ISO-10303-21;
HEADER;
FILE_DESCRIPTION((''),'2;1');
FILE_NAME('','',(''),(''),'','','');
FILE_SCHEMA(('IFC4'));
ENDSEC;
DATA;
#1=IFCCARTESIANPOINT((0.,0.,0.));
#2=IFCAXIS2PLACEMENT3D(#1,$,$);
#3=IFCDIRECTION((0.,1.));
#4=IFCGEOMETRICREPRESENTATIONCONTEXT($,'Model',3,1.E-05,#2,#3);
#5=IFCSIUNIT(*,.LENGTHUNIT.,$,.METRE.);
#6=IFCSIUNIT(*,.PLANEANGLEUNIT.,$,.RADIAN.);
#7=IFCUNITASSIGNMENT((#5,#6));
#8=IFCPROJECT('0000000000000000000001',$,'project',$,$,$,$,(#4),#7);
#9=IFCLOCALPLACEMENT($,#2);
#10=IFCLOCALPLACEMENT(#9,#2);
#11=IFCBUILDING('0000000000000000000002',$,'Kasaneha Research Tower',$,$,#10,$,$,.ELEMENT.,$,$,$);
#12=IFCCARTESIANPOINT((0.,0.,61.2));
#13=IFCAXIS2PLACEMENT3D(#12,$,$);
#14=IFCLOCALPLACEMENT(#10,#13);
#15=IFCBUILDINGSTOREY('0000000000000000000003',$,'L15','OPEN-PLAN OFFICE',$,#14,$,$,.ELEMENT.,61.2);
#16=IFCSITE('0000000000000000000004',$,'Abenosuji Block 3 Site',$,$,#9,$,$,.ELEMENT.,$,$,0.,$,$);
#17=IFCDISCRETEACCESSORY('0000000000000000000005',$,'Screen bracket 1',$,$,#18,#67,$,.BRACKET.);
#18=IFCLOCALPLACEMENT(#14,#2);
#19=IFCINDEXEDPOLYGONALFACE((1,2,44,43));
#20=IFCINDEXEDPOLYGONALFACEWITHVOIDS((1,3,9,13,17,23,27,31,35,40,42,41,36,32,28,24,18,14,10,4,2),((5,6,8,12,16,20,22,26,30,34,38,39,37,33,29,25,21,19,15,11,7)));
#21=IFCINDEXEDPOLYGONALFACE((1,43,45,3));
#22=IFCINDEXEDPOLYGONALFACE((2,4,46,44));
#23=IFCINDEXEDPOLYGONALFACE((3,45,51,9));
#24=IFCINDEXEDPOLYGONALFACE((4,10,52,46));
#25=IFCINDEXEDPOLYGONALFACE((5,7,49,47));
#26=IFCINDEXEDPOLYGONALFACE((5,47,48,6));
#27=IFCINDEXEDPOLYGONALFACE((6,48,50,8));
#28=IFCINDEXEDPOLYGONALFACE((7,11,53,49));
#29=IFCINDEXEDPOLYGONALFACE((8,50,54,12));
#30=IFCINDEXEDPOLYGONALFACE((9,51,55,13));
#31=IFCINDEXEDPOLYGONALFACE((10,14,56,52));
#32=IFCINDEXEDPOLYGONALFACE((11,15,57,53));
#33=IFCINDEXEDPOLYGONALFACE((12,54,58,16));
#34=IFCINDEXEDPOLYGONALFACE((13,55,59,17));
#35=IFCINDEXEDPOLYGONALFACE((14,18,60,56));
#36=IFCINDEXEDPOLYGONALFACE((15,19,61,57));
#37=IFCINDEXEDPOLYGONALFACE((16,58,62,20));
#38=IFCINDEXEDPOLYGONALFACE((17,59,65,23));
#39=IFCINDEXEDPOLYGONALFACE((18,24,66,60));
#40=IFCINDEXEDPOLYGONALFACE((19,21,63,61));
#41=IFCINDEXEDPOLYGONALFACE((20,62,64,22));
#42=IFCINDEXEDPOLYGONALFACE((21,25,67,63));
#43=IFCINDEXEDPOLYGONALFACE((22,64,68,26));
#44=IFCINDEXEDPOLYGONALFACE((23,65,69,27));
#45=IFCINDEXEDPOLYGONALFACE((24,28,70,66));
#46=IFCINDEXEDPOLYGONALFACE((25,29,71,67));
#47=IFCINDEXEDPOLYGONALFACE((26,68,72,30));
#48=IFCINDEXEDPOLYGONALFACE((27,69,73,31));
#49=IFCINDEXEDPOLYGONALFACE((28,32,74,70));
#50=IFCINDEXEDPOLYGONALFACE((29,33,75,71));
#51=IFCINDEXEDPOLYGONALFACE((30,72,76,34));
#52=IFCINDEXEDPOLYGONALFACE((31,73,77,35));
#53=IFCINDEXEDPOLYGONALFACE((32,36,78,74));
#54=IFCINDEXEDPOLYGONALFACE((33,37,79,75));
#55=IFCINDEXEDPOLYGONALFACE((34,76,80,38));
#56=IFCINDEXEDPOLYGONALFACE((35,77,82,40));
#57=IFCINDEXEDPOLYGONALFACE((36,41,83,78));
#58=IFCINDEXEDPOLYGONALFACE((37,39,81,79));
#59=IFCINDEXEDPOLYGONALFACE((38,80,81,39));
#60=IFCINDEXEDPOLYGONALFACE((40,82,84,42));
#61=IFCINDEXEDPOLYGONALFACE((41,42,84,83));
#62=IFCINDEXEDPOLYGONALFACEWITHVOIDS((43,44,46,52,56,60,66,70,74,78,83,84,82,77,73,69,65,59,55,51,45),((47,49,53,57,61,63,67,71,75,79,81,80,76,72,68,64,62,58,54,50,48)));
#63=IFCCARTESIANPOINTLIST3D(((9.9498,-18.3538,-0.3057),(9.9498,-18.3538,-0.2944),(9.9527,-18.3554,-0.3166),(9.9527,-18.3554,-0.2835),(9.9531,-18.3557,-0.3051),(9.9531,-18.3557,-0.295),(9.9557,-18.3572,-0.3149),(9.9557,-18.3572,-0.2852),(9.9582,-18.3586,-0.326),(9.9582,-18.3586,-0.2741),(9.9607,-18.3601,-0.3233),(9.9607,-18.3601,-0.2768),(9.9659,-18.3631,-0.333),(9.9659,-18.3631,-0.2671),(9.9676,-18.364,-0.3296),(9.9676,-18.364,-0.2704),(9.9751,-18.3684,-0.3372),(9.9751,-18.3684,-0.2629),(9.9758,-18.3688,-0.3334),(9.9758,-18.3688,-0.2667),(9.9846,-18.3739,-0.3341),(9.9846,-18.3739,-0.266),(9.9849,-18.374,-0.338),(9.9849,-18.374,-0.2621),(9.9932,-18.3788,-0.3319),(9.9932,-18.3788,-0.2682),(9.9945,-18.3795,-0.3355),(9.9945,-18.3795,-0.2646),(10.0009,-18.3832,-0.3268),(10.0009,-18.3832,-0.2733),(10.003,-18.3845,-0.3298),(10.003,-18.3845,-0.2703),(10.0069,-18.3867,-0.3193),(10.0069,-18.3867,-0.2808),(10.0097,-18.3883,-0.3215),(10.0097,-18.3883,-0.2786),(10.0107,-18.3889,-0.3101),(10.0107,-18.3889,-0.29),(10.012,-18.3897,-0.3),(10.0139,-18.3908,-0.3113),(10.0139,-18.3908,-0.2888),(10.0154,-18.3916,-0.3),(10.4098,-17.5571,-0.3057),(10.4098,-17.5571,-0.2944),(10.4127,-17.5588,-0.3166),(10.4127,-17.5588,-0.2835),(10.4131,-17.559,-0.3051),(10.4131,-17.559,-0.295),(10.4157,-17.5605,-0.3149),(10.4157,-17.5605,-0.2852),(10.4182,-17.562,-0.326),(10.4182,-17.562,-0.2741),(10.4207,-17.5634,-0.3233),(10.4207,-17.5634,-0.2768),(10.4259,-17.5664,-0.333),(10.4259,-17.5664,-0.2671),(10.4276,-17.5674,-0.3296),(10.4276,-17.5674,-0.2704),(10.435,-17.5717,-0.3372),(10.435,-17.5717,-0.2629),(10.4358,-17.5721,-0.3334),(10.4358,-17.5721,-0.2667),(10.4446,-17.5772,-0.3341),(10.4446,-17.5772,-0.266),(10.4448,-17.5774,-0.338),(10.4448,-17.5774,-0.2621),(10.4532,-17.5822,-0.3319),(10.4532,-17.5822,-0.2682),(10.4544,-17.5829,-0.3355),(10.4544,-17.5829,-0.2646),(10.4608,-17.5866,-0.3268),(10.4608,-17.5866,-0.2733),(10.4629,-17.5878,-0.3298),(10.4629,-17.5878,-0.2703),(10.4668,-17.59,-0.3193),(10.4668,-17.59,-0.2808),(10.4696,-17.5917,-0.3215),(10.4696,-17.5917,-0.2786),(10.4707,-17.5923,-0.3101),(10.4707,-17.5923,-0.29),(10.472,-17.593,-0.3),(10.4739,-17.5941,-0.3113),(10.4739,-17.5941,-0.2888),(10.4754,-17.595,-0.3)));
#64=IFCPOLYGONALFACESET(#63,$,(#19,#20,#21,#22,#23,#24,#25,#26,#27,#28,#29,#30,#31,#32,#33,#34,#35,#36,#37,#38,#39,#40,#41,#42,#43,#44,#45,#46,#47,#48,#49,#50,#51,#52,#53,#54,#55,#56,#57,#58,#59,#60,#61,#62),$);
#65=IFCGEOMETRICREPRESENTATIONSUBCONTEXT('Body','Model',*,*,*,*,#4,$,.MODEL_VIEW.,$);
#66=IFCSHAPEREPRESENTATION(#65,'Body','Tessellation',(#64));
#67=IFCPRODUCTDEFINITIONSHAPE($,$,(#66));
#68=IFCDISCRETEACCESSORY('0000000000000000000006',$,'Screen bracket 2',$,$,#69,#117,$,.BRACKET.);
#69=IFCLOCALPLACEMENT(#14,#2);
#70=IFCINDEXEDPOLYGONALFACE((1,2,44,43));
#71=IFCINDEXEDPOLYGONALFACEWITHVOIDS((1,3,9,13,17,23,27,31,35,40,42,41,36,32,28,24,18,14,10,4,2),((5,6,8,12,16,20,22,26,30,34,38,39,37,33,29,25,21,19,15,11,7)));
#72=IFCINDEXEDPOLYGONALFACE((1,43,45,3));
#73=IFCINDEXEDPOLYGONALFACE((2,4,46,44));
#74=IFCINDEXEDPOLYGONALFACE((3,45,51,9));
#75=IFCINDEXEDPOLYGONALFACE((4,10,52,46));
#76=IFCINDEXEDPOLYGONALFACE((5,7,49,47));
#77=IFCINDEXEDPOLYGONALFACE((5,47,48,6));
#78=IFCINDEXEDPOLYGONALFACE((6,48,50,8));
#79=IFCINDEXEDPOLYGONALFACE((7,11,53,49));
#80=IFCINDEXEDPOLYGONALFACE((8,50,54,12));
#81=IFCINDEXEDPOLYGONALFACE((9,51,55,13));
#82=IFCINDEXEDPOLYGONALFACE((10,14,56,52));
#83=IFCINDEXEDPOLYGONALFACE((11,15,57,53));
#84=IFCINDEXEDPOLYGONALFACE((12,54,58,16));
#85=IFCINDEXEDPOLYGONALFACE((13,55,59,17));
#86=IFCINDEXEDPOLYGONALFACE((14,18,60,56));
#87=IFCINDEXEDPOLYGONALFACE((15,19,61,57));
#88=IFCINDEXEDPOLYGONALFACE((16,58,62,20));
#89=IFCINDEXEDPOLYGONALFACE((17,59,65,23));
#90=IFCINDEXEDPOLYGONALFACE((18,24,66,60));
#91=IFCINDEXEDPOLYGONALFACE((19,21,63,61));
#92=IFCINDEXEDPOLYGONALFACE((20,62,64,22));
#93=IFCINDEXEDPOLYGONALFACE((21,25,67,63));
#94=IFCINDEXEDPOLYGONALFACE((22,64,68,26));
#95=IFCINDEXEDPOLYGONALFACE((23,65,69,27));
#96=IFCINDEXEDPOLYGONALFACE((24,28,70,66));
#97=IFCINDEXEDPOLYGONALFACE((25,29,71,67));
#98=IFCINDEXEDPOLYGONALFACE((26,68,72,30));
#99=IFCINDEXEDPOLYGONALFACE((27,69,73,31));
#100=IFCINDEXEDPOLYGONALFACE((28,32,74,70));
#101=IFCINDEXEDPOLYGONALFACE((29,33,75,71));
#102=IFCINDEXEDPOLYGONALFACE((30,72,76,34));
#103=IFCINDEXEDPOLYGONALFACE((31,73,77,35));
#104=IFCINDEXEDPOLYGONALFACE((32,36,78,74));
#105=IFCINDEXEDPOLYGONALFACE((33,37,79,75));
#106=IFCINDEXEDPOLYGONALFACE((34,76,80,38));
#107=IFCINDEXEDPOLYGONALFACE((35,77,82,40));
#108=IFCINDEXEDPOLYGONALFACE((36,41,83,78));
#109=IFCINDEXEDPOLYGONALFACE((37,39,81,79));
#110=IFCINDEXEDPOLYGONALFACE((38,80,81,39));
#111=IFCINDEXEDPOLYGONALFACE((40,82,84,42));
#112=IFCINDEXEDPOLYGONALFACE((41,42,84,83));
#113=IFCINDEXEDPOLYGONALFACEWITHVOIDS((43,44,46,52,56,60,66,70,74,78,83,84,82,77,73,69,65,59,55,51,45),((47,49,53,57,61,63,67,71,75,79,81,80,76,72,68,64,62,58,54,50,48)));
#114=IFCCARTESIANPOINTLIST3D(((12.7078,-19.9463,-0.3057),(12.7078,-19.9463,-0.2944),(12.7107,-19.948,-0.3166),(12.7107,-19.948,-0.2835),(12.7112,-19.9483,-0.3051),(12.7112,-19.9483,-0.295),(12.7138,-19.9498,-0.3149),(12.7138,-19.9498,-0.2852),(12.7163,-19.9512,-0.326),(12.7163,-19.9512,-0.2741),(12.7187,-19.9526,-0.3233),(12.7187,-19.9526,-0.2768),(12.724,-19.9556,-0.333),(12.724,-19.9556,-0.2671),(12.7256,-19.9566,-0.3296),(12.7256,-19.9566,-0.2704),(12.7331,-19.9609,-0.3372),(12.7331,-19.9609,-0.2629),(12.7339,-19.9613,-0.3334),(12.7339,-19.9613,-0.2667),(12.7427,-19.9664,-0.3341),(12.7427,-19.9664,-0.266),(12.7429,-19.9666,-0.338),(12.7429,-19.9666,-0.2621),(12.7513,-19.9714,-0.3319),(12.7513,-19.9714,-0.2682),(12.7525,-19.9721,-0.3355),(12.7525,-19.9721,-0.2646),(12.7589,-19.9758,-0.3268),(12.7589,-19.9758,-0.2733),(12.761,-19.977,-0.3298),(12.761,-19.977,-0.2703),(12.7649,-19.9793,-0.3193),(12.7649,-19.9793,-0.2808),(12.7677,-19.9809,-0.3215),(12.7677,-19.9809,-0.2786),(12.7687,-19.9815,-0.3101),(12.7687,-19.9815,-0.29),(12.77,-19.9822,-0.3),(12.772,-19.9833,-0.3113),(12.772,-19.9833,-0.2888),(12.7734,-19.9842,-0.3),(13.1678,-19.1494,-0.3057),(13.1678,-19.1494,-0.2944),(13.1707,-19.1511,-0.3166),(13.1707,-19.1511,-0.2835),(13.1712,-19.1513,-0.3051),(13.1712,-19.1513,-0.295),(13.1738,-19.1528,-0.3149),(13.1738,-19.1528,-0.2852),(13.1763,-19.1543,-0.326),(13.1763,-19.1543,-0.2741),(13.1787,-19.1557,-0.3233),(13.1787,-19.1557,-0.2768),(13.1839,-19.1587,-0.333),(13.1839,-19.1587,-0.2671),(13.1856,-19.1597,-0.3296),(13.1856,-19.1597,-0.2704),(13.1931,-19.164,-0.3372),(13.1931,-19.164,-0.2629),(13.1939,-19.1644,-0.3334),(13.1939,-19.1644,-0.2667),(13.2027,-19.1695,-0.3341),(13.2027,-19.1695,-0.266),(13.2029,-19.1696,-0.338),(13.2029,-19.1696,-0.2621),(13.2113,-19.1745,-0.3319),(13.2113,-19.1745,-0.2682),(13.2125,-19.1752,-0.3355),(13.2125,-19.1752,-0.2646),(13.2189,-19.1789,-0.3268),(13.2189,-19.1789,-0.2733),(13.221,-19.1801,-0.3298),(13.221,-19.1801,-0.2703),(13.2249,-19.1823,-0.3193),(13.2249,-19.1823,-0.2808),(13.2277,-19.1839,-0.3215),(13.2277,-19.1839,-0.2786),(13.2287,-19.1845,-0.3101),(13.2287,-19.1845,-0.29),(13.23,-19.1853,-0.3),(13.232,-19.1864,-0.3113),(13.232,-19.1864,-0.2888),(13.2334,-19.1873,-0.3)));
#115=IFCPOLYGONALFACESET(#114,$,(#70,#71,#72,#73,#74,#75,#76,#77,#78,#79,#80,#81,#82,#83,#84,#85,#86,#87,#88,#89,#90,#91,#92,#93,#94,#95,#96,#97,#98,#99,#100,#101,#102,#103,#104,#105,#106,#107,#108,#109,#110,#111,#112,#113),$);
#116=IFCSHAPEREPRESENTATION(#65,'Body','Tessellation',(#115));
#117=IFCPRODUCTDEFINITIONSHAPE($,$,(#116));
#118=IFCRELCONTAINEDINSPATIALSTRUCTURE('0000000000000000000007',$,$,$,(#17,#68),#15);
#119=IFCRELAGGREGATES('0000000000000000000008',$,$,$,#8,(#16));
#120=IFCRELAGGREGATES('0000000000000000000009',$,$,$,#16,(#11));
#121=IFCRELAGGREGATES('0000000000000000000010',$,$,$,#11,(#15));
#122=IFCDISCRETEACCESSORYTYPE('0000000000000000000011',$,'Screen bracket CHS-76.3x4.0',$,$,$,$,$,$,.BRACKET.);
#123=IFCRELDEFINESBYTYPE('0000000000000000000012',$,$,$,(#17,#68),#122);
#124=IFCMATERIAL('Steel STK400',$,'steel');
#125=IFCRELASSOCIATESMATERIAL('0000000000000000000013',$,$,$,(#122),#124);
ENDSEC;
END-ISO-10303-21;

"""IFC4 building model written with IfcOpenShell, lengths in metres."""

from ifc_helpers import new_model, si_unit, direction, frame, origin, origin_2d, place, context, subcontext, project, spatial, hollow_circle, extrude, material, material_profile, profile_set, type_object, element, save


model = new_model("IFC4")

# Units and contexts
model_context = context("Model", 3, precision=1e-05, world=origin(), true_north=direction((0.0, 1.0)))
body_context = subcontext(model_context, "Body", "Model", "MODEL_VIEW")
ifc_project = project(units=[si_unit("LENGTHUNIT", "METRE"), si_unit("PLANEANGLEUNIT", "RADIAN")], contexts=[model_context])

# Site, building, storey
site_placement = place(None, origin())
site = spatial("IfcSite", under=ifc_project, at=site_placement, Name="Abenosuji Block 3 Site", CompositionType="ELEMENT", RefElevation=0.0)
building_placement = place(site_placement, origin())
building = spatial("IfcBuilding", under=site, at=building_placement, Name="Kasaneha Research Tower", CompositionType="ELEMENT")
storey_placement = place(building_placement, frame((0.0, 0.0, 61.2)))
storey = spatial("IfcBuildingStorey", under=building, at=storey_placement, Name="L15", Description="OPEN-PLAN OFFICE", CompositionType="ELEMENT", Elevation=61.2)

# Discrete accessories
ifc_material_1 = material(Name="Steel STK400", Category="steel")
ifc_material_profile_1 = material_profile(ifc_material_1, hollow_circle(Radius=0.0381, WallThickness=0.0039, at=origin_2d()), Name="CHS-76.3x4.0")
ifc_profile_set_1 = profile_set([ifc_material_profile_1], Name="Steel STK400")
discrete_accessory_type = type_object("IfcDiscreteAccessoryType", Name="Screen bracket CHS-76.3x4.0", PredefinedType="BRACKET", material=ifc_profile_set_1)
for number, where, z_axis, x_axis, name in (
    (1, (10.4424, -17.5759, -0.3), (-0.500021, -0.866013, 0.0), (0.866013, -0.500021, 0.0), "Screen bracket 1"),
):
    element("IfcDiscreteAccessory", number, at=place(storey_placement, frame(where, z_axis=z_axis, x_axis=x_axis)), inside=storey, type_object=discrete_accessory_type, Name=name, PredefinedType="BRACKET", context=body_context, shape_type="SweptSolid", body=[
        extrude(hollow_circle(Radius=0.0381, WallThickness=0.0039, at=origin_2d()), origin(), (0.0, 0.0, 1.0), 0.9199),
    ])
discrete_accessory_placement = place(storey_placement, frame((13.2004, -19.1682, -0.3), z_axis=(-0.499906, -0.86608, 0.0), x_axis=(0.86608, -0.499906, 0.0)))
element("IfcDiscreteAccessory", 2, at=discrete_accessory_placement, inside=storey, type_object=discrete_accessory_type, Name="Screen bracket 2", PredefinedType="BRACKET", context=body_context, shape_type="SweptSolid", body=[
    extrude(hollow_circle(Radius=0.0381, WallThickness=0.0039, at=origin_2d()), origin(), (0.0, 0.0, 1.0), 0.9202),
])

save(model, "model.ifc")
